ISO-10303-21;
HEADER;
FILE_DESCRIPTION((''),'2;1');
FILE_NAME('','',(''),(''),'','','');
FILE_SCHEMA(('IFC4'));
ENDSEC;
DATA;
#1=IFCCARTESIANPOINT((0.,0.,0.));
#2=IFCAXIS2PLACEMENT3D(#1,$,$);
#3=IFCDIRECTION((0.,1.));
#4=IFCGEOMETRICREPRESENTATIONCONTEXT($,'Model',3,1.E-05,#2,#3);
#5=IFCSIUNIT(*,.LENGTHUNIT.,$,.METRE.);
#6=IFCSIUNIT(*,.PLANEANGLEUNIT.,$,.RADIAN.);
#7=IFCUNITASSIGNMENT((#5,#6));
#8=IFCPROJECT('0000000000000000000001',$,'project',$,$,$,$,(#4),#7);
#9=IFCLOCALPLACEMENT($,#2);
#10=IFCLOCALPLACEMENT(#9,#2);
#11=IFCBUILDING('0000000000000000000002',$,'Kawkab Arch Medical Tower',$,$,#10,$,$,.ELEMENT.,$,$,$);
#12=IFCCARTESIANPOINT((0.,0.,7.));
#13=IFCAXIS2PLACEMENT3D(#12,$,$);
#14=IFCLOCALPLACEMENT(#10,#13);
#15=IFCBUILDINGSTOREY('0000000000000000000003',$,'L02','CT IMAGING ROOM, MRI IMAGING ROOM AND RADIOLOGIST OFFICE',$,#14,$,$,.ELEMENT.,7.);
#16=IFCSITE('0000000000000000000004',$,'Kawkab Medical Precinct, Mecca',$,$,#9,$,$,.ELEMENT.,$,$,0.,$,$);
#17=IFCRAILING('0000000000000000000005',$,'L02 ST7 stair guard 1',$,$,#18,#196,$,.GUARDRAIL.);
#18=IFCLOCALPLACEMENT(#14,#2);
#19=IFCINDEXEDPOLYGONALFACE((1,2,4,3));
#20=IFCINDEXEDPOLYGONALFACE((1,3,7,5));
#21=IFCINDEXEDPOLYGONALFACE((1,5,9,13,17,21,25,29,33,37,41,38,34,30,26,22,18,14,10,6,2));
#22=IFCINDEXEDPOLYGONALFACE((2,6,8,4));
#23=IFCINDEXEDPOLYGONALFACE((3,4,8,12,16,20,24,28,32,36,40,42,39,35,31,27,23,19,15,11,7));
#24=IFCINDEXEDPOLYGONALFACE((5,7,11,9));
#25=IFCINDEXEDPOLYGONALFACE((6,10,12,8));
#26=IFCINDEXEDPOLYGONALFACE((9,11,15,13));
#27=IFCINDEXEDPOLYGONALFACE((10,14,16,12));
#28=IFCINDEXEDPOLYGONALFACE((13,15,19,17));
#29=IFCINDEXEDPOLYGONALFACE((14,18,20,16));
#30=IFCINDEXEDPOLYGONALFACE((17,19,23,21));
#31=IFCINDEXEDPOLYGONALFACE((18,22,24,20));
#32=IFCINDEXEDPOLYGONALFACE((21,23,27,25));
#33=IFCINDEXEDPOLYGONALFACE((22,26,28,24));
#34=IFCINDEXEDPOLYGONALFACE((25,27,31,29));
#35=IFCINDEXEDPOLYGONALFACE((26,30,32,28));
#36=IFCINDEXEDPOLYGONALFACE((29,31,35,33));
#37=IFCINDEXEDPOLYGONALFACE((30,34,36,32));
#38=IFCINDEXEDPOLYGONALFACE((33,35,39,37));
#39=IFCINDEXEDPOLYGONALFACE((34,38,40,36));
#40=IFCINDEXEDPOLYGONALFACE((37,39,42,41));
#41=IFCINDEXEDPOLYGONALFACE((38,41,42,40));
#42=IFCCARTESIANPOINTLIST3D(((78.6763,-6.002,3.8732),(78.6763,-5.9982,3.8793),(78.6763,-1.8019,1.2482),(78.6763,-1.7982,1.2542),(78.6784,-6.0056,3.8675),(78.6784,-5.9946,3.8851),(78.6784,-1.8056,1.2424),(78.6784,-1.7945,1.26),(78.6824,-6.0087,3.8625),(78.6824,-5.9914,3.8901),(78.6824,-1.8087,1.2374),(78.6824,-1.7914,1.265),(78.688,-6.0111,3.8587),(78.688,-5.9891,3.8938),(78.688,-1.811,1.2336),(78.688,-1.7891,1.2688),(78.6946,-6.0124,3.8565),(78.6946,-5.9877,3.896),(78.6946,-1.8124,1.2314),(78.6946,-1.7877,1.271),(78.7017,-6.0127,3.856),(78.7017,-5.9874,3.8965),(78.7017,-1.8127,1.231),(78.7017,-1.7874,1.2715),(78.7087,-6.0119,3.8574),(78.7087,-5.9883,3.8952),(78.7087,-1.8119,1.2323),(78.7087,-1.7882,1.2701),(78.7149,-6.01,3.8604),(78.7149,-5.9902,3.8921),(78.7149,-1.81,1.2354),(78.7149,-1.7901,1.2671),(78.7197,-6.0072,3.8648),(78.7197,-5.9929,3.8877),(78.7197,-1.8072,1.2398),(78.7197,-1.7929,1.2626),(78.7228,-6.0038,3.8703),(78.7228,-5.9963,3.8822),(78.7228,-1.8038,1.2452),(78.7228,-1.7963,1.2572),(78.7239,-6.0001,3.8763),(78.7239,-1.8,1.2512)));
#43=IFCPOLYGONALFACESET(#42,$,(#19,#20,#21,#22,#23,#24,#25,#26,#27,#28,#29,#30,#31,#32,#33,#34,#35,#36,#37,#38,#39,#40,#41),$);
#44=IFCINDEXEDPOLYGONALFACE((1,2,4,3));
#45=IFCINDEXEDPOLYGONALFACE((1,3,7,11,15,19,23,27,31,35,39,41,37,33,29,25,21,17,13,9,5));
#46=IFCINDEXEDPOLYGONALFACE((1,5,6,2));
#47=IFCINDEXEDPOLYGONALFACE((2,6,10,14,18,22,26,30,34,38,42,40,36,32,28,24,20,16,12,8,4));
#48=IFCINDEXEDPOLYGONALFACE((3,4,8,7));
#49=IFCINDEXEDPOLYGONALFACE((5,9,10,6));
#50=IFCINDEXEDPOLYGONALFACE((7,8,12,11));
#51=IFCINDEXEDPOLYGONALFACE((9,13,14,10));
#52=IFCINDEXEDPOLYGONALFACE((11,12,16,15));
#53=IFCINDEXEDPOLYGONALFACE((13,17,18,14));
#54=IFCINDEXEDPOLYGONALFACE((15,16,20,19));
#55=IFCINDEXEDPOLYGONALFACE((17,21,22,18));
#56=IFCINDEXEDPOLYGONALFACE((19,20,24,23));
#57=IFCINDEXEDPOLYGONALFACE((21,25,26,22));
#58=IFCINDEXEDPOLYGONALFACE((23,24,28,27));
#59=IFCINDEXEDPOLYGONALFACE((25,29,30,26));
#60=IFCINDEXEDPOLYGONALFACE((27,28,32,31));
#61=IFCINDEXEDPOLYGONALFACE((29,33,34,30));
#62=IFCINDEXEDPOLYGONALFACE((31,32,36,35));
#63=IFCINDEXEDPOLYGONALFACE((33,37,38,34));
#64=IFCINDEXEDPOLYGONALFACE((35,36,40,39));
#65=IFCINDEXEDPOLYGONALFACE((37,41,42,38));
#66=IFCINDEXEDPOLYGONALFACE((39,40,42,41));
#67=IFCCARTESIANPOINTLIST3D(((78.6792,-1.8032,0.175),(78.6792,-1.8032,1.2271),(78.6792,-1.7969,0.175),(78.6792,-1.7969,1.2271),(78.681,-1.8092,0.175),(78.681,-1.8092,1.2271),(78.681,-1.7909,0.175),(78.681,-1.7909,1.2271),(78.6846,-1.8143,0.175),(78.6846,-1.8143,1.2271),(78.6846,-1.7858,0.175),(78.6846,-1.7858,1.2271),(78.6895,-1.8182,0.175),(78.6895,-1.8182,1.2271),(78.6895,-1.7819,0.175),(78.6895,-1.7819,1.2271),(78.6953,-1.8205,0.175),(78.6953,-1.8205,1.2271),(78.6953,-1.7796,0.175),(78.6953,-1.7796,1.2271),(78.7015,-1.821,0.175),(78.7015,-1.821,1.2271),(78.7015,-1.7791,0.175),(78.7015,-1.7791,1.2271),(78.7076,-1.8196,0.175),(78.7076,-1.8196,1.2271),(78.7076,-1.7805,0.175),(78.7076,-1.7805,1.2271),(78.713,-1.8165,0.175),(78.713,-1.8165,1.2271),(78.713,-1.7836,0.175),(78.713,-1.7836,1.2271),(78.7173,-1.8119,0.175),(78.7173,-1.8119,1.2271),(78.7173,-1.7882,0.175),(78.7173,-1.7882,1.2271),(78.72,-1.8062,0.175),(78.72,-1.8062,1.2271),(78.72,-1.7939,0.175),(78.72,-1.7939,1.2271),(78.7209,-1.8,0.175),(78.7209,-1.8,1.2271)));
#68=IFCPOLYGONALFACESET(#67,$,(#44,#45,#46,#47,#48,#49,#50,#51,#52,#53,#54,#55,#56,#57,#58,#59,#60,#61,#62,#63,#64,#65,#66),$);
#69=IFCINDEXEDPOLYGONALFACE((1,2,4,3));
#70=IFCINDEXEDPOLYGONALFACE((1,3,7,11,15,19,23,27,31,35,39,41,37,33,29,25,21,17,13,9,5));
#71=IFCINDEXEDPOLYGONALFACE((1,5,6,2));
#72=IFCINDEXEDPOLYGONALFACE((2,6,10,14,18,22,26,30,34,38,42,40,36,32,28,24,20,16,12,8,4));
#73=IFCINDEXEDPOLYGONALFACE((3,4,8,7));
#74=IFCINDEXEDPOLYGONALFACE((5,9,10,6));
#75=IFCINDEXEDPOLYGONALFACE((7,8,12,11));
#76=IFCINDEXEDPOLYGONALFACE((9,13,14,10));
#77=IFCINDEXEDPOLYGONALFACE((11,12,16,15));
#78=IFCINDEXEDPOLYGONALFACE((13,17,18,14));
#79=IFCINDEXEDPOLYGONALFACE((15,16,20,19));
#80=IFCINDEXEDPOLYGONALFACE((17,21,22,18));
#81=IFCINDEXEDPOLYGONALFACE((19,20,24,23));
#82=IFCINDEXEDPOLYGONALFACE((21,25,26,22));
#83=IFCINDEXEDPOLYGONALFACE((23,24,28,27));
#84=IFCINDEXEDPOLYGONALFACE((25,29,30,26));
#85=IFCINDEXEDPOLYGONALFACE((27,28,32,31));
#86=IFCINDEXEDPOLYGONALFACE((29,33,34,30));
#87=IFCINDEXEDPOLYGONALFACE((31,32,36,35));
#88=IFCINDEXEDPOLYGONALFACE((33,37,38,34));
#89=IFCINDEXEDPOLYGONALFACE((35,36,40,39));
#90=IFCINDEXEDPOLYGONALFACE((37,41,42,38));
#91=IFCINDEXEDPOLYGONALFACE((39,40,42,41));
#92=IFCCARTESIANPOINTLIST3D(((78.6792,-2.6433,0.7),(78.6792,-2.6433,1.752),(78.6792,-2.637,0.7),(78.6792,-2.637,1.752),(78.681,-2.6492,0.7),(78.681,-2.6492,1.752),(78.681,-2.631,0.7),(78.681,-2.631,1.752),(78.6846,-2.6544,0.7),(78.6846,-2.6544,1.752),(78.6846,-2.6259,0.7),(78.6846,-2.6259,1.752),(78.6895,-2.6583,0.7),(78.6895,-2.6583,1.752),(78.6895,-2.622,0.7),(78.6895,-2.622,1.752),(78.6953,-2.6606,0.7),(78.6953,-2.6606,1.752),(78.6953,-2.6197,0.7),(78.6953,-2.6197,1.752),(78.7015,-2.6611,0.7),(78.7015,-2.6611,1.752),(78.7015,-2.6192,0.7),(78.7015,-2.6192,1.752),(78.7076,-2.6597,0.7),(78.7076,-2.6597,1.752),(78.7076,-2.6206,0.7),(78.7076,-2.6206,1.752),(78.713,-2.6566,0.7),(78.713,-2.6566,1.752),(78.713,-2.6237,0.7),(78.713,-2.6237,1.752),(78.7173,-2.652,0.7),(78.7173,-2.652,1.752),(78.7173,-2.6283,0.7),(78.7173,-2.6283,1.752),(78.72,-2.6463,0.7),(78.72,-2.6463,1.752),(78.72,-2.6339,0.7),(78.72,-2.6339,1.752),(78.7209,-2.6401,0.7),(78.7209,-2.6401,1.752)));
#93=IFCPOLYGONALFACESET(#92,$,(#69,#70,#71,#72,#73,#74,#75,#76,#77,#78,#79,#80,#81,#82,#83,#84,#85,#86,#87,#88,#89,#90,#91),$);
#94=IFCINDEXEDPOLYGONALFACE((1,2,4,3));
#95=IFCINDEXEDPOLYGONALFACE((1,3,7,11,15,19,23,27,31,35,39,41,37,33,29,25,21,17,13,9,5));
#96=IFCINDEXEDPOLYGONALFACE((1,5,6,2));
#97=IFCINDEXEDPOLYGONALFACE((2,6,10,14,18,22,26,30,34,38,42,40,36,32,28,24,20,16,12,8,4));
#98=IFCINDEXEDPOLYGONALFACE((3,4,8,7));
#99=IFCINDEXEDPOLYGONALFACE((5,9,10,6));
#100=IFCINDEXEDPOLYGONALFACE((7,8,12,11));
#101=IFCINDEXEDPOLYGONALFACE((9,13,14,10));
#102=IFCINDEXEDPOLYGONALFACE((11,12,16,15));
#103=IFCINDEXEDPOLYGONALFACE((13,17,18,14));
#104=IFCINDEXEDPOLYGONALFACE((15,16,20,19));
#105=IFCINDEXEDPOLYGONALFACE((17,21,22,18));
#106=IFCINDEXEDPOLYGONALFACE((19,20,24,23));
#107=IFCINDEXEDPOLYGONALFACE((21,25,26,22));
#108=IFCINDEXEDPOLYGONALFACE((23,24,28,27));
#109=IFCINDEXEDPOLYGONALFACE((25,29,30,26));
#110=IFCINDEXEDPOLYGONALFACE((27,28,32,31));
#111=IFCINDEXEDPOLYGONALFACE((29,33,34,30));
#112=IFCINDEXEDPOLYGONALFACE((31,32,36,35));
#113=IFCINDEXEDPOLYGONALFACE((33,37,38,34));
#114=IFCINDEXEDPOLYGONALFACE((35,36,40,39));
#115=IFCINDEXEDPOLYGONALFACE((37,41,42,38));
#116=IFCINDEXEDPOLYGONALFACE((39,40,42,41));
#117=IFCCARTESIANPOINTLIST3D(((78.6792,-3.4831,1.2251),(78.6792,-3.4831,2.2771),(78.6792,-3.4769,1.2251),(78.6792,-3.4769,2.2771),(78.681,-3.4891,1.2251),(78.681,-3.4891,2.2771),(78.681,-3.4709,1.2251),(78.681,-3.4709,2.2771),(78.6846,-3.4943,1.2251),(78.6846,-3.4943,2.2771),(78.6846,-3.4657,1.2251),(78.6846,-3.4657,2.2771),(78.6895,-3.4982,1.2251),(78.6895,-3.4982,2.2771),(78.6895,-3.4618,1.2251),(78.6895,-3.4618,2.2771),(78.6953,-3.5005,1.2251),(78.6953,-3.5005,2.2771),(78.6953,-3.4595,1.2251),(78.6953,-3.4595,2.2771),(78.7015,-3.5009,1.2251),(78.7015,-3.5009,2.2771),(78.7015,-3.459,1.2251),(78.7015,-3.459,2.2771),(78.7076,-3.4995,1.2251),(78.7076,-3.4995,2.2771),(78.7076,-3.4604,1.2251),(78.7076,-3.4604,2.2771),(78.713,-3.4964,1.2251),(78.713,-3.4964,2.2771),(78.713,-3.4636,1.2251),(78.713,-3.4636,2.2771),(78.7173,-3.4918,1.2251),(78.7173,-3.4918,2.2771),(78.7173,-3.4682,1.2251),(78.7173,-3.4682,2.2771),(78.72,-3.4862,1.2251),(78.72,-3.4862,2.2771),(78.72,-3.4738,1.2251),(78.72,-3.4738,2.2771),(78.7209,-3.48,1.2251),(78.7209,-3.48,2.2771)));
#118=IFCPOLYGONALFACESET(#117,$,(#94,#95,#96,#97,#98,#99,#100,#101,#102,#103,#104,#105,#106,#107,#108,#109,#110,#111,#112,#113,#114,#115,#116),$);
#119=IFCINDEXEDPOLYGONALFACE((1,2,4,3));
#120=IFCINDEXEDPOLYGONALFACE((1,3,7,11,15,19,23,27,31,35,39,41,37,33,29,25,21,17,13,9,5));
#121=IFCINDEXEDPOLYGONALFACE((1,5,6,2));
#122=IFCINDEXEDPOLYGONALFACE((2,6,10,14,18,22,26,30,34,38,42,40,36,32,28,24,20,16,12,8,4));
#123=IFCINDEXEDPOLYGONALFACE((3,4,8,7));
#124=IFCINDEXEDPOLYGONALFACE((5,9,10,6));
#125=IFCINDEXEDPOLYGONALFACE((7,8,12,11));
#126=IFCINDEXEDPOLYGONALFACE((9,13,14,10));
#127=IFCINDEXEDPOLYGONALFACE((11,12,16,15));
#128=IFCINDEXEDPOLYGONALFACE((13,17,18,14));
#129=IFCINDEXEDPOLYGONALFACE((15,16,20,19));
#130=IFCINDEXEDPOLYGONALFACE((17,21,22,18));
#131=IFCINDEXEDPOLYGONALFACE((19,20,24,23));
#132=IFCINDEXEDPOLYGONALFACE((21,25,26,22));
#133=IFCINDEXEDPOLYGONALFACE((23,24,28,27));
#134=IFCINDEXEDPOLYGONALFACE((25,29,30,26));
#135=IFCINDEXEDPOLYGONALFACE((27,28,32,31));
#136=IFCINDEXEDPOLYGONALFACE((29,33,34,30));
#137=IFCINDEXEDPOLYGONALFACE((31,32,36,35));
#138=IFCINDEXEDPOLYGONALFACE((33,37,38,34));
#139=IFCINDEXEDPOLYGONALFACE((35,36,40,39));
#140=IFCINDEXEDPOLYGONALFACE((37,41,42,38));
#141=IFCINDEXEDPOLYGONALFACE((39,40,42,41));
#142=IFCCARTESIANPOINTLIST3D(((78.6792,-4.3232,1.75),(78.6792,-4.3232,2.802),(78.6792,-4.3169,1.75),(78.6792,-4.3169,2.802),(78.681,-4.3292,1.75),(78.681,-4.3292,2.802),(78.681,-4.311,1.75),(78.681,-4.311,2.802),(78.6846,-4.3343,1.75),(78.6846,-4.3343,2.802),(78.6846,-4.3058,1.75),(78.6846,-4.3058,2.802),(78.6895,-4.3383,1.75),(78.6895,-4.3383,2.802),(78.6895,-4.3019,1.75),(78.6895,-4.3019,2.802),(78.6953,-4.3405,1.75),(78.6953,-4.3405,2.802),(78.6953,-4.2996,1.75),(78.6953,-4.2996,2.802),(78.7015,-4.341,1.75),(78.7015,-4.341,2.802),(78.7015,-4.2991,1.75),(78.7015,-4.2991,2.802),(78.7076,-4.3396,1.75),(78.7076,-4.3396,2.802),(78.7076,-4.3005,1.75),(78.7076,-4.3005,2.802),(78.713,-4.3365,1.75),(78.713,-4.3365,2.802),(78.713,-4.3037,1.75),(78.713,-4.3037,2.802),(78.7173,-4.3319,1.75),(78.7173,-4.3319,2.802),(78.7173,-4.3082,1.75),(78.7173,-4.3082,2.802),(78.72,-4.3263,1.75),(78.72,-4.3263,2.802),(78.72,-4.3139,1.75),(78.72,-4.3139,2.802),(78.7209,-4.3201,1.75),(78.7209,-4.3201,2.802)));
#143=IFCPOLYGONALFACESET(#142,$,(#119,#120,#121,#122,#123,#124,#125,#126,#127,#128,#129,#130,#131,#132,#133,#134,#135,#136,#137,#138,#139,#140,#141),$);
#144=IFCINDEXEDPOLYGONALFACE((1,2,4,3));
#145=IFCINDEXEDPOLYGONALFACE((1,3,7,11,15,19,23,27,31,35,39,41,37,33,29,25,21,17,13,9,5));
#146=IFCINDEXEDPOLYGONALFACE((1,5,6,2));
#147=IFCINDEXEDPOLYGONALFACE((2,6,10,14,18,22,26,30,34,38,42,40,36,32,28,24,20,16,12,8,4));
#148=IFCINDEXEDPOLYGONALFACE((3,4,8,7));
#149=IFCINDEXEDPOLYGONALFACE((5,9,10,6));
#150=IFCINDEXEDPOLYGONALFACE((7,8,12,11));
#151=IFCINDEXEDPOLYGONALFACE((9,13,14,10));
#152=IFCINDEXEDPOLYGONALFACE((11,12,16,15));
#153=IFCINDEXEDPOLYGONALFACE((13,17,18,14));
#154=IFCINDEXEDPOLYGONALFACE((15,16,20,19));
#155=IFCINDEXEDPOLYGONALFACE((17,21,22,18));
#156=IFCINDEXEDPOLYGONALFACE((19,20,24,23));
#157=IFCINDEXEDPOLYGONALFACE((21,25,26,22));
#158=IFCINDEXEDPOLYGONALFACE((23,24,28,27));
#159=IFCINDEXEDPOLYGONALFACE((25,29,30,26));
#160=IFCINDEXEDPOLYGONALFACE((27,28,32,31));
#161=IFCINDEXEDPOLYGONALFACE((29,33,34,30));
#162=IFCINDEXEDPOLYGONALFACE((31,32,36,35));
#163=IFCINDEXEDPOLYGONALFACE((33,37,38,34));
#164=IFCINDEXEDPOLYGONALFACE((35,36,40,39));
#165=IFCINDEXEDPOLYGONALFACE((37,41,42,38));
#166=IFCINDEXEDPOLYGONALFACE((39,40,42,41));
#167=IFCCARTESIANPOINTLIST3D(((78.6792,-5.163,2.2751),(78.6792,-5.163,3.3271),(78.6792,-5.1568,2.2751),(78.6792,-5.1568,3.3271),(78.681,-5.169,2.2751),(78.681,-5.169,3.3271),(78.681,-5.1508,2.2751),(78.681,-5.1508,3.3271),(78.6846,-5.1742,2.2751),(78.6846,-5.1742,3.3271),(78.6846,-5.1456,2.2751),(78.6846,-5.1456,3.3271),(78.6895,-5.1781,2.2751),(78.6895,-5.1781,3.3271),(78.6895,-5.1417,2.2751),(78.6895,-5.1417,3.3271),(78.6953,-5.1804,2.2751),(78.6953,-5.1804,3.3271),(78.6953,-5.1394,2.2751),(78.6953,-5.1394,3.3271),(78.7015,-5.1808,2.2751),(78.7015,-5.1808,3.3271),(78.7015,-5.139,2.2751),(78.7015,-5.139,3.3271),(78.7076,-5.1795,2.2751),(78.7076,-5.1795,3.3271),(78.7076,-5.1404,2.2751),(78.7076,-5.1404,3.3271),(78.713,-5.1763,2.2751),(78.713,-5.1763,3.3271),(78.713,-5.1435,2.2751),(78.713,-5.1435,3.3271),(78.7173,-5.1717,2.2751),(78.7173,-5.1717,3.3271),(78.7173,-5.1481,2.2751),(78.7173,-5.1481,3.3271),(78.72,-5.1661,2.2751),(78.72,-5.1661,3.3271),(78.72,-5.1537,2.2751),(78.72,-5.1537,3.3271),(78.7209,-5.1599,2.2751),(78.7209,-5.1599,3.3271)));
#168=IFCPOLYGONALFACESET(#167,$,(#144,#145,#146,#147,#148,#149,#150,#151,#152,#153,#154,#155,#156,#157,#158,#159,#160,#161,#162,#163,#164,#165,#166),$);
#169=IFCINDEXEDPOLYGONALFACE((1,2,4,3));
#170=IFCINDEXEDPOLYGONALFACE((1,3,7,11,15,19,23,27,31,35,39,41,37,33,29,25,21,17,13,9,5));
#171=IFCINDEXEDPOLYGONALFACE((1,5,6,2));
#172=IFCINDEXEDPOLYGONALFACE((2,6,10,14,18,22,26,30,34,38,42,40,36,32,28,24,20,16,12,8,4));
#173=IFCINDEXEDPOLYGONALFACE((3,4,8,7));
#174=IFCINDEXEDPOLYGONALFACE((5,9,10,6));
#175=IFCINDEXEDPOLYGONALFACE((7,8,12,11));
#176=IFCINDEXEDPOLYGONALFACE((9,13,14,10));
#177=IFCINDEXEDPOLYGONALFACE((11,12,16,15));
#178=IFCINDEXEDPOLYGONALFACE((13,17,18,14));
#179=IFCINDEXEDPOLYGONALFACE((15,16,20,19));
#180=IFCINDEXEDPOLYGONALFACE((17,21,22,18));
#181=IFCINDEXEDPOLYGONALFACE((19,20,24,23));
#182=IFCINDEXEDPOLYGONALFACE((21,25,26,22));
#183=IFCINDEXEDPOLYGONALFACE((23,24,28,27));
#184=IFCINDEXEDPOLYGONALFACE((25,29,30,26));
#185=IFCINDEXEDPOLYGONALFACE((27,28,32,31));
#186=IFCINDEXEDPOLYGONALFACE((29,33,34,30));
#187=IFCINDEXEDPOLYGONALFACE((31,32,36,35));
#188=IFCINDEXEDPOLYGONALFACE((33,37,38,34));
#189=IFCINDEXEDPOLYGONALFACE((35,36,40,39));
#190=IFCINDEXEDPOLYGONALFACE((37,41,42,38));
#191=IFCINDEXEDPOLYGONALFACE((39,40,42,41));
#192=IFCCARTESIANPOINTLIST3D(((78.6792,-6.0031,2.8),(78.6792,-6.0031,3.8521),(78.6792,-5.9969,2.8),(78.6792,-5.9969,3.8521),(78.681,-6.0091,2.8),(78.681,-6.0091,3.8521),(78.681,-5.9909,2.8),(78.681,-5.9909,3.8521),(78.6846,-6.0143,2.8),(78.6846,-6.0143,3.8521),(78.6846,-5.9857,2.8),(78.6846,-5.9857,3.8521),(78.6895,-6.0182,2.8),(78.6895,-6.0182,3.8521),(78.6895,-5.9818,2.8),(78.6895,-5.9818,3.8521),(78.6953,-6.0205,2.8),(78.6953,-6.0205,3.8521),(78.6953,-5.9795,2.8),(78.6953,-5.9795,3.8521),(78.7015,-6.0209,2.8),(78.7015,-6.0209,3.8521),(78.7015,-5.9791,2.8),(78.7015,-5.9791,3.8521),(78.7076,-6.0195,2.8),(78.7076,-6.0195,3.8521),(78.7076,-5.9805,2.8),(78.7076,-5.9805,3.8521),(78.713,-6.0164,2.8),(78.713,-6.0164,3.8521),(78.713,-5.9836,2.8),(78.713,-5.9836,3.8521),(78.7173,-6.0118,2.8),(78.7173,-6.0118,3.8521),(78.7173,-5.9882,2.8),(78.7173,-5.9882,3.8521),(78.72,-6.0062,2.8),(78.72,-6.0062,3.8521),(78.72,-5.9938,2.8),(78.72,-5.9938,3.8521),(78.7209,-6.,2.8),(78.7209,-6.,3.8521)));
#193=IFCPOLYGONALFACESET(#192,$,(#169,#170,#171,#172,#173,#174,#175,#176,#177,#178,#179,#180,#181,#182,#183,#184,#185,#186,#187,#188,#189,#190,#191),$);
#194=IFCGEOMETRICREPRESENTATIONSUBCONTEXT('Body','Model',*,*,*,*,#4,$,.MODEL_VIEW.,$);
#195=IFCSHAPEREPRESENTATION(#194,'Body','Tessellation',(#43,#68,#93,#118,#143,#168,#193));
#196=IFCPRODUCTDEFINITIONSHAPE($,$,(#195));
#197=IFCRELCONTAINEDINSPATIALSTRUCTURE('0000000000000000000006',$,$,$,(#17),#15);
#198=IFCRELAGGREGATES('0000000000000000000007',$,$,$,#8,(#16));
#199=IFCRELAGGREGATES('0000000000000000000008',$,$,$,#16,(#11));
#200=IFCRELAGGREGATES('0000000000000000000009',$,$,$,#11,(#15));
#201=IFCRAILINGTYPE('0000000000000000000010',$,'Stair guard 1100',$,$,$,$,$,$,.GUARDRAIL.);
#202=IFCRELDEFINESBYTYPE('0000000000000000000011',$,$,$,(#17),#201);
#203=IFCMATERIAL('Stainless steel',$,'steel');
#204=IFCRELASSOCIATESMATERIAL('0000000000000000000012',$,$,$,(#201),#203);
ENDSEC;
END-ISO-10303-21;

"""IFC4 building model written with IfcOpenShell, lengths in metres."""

from ifc_helpers import new_model, si_unit, direction, frame, origin, origin_2d, place, context, subcontext, project, spatial, circle, extrude, material, type_object, element, save


model = new_model("IFC4")

# Units and contexts
model_context = context("Model", 3, precision=1e-05, world=origin(), true_north=direction((0.0, 1.0)))
body_context = subcontext(model_context, "Body", "Model", "MODEL_VIEW")
ifc_project = project(units=[si_unit("LENGTHUNIT", "METRE"), si_unit("PLANEANGLEUNIT", "RADIAN")], contexts=[model_context])

# Site, building, storey
site_placement = place(None, origin())
site = spatial("IfcSite", under=ifc_project, at=site_placement, Name="Kawkab Medical Precinct, Mecca", CompositionType="ELEMENT", RefElevation=0.0)
building_placement = place(site_placement, origin())
building = spatial("IfcBuilding", under=site, at=building_placement, Name="Kawkab Arch Medical Tower", CompositionType="ELEMENT")
storey_placement = place(building_placement, frame((0.0, 0.0, 7.0)))
storey = spatial("IfcBuildingStorey", under=building, at=storey_placement, Name="L02", Description="CT IMAGING ROOM, MRI IMAGING ROOM AND RADIOLOGIST OFFICE", CompositionType="ELEMENT", Elevation=7.0)

# Railing
ifc_material_1 = material(Name="Stainless steel", Category="steel")
railing_type = type_object("IfcRailingType", Name="Stair guard 1100", PredefinedType="GUARDRAIL", material=ifc_material_1)
railing_1_placement = place(storey_placement, frame((78.7, -1.8, 0.175)))
element("IfcRailing", 1, at=railing_1_placement, inside=storey, type_object=railing_type, Name="L02 ST7 stair guard 1", PredefinedType="GUARDRAIL", context=body_context, shape_type="SweptSolid", body=[
    extrude(circle(Radius=0.0239, at=origin_2d()), frame((0.0, 0.0, 1.0762), z_axis=(0.0, -0.847996, 0.530003), x_axis=(1.0, 0.0, 0.0)), (0.0, 0.0, 1.0), 4.9529),
    extrude(circle(Radius=0.021, at=origin_2d()), origin(), (0.0, 0.0, 1.0), 1.052),
    extrude(circle(Radius=0.021, at=origin_2d()), frame((0.0, -0.8401, 0.5249)), (0.0, 0.0, 1.0), 1.052),
    extrude(circle(Radius=0.021, at=origin_2d()), frame((0.0, -1.6799, 1.05)), (0.0, 0.0, 1.0), 1.052),
    extrude(circle(Radius=0.021, at=origin_2d()), frame((0.0, -2.52, 1.575)), (0.0, 0.0, 1.0), 1.052),
    extrude(circle(Radius=0.021, at=origin_2d()), frame((0.0, -3.3599, 2.1001)), (0.0, 0.0, 1.0), 1.052),
    extrude(circle(Radius=0.021, at=origin_2d()), frame((0.0, -4.2, 2.625)), (0.0, 0.0, 1.0), 1.052),
])

save(model, "model.ifc")
